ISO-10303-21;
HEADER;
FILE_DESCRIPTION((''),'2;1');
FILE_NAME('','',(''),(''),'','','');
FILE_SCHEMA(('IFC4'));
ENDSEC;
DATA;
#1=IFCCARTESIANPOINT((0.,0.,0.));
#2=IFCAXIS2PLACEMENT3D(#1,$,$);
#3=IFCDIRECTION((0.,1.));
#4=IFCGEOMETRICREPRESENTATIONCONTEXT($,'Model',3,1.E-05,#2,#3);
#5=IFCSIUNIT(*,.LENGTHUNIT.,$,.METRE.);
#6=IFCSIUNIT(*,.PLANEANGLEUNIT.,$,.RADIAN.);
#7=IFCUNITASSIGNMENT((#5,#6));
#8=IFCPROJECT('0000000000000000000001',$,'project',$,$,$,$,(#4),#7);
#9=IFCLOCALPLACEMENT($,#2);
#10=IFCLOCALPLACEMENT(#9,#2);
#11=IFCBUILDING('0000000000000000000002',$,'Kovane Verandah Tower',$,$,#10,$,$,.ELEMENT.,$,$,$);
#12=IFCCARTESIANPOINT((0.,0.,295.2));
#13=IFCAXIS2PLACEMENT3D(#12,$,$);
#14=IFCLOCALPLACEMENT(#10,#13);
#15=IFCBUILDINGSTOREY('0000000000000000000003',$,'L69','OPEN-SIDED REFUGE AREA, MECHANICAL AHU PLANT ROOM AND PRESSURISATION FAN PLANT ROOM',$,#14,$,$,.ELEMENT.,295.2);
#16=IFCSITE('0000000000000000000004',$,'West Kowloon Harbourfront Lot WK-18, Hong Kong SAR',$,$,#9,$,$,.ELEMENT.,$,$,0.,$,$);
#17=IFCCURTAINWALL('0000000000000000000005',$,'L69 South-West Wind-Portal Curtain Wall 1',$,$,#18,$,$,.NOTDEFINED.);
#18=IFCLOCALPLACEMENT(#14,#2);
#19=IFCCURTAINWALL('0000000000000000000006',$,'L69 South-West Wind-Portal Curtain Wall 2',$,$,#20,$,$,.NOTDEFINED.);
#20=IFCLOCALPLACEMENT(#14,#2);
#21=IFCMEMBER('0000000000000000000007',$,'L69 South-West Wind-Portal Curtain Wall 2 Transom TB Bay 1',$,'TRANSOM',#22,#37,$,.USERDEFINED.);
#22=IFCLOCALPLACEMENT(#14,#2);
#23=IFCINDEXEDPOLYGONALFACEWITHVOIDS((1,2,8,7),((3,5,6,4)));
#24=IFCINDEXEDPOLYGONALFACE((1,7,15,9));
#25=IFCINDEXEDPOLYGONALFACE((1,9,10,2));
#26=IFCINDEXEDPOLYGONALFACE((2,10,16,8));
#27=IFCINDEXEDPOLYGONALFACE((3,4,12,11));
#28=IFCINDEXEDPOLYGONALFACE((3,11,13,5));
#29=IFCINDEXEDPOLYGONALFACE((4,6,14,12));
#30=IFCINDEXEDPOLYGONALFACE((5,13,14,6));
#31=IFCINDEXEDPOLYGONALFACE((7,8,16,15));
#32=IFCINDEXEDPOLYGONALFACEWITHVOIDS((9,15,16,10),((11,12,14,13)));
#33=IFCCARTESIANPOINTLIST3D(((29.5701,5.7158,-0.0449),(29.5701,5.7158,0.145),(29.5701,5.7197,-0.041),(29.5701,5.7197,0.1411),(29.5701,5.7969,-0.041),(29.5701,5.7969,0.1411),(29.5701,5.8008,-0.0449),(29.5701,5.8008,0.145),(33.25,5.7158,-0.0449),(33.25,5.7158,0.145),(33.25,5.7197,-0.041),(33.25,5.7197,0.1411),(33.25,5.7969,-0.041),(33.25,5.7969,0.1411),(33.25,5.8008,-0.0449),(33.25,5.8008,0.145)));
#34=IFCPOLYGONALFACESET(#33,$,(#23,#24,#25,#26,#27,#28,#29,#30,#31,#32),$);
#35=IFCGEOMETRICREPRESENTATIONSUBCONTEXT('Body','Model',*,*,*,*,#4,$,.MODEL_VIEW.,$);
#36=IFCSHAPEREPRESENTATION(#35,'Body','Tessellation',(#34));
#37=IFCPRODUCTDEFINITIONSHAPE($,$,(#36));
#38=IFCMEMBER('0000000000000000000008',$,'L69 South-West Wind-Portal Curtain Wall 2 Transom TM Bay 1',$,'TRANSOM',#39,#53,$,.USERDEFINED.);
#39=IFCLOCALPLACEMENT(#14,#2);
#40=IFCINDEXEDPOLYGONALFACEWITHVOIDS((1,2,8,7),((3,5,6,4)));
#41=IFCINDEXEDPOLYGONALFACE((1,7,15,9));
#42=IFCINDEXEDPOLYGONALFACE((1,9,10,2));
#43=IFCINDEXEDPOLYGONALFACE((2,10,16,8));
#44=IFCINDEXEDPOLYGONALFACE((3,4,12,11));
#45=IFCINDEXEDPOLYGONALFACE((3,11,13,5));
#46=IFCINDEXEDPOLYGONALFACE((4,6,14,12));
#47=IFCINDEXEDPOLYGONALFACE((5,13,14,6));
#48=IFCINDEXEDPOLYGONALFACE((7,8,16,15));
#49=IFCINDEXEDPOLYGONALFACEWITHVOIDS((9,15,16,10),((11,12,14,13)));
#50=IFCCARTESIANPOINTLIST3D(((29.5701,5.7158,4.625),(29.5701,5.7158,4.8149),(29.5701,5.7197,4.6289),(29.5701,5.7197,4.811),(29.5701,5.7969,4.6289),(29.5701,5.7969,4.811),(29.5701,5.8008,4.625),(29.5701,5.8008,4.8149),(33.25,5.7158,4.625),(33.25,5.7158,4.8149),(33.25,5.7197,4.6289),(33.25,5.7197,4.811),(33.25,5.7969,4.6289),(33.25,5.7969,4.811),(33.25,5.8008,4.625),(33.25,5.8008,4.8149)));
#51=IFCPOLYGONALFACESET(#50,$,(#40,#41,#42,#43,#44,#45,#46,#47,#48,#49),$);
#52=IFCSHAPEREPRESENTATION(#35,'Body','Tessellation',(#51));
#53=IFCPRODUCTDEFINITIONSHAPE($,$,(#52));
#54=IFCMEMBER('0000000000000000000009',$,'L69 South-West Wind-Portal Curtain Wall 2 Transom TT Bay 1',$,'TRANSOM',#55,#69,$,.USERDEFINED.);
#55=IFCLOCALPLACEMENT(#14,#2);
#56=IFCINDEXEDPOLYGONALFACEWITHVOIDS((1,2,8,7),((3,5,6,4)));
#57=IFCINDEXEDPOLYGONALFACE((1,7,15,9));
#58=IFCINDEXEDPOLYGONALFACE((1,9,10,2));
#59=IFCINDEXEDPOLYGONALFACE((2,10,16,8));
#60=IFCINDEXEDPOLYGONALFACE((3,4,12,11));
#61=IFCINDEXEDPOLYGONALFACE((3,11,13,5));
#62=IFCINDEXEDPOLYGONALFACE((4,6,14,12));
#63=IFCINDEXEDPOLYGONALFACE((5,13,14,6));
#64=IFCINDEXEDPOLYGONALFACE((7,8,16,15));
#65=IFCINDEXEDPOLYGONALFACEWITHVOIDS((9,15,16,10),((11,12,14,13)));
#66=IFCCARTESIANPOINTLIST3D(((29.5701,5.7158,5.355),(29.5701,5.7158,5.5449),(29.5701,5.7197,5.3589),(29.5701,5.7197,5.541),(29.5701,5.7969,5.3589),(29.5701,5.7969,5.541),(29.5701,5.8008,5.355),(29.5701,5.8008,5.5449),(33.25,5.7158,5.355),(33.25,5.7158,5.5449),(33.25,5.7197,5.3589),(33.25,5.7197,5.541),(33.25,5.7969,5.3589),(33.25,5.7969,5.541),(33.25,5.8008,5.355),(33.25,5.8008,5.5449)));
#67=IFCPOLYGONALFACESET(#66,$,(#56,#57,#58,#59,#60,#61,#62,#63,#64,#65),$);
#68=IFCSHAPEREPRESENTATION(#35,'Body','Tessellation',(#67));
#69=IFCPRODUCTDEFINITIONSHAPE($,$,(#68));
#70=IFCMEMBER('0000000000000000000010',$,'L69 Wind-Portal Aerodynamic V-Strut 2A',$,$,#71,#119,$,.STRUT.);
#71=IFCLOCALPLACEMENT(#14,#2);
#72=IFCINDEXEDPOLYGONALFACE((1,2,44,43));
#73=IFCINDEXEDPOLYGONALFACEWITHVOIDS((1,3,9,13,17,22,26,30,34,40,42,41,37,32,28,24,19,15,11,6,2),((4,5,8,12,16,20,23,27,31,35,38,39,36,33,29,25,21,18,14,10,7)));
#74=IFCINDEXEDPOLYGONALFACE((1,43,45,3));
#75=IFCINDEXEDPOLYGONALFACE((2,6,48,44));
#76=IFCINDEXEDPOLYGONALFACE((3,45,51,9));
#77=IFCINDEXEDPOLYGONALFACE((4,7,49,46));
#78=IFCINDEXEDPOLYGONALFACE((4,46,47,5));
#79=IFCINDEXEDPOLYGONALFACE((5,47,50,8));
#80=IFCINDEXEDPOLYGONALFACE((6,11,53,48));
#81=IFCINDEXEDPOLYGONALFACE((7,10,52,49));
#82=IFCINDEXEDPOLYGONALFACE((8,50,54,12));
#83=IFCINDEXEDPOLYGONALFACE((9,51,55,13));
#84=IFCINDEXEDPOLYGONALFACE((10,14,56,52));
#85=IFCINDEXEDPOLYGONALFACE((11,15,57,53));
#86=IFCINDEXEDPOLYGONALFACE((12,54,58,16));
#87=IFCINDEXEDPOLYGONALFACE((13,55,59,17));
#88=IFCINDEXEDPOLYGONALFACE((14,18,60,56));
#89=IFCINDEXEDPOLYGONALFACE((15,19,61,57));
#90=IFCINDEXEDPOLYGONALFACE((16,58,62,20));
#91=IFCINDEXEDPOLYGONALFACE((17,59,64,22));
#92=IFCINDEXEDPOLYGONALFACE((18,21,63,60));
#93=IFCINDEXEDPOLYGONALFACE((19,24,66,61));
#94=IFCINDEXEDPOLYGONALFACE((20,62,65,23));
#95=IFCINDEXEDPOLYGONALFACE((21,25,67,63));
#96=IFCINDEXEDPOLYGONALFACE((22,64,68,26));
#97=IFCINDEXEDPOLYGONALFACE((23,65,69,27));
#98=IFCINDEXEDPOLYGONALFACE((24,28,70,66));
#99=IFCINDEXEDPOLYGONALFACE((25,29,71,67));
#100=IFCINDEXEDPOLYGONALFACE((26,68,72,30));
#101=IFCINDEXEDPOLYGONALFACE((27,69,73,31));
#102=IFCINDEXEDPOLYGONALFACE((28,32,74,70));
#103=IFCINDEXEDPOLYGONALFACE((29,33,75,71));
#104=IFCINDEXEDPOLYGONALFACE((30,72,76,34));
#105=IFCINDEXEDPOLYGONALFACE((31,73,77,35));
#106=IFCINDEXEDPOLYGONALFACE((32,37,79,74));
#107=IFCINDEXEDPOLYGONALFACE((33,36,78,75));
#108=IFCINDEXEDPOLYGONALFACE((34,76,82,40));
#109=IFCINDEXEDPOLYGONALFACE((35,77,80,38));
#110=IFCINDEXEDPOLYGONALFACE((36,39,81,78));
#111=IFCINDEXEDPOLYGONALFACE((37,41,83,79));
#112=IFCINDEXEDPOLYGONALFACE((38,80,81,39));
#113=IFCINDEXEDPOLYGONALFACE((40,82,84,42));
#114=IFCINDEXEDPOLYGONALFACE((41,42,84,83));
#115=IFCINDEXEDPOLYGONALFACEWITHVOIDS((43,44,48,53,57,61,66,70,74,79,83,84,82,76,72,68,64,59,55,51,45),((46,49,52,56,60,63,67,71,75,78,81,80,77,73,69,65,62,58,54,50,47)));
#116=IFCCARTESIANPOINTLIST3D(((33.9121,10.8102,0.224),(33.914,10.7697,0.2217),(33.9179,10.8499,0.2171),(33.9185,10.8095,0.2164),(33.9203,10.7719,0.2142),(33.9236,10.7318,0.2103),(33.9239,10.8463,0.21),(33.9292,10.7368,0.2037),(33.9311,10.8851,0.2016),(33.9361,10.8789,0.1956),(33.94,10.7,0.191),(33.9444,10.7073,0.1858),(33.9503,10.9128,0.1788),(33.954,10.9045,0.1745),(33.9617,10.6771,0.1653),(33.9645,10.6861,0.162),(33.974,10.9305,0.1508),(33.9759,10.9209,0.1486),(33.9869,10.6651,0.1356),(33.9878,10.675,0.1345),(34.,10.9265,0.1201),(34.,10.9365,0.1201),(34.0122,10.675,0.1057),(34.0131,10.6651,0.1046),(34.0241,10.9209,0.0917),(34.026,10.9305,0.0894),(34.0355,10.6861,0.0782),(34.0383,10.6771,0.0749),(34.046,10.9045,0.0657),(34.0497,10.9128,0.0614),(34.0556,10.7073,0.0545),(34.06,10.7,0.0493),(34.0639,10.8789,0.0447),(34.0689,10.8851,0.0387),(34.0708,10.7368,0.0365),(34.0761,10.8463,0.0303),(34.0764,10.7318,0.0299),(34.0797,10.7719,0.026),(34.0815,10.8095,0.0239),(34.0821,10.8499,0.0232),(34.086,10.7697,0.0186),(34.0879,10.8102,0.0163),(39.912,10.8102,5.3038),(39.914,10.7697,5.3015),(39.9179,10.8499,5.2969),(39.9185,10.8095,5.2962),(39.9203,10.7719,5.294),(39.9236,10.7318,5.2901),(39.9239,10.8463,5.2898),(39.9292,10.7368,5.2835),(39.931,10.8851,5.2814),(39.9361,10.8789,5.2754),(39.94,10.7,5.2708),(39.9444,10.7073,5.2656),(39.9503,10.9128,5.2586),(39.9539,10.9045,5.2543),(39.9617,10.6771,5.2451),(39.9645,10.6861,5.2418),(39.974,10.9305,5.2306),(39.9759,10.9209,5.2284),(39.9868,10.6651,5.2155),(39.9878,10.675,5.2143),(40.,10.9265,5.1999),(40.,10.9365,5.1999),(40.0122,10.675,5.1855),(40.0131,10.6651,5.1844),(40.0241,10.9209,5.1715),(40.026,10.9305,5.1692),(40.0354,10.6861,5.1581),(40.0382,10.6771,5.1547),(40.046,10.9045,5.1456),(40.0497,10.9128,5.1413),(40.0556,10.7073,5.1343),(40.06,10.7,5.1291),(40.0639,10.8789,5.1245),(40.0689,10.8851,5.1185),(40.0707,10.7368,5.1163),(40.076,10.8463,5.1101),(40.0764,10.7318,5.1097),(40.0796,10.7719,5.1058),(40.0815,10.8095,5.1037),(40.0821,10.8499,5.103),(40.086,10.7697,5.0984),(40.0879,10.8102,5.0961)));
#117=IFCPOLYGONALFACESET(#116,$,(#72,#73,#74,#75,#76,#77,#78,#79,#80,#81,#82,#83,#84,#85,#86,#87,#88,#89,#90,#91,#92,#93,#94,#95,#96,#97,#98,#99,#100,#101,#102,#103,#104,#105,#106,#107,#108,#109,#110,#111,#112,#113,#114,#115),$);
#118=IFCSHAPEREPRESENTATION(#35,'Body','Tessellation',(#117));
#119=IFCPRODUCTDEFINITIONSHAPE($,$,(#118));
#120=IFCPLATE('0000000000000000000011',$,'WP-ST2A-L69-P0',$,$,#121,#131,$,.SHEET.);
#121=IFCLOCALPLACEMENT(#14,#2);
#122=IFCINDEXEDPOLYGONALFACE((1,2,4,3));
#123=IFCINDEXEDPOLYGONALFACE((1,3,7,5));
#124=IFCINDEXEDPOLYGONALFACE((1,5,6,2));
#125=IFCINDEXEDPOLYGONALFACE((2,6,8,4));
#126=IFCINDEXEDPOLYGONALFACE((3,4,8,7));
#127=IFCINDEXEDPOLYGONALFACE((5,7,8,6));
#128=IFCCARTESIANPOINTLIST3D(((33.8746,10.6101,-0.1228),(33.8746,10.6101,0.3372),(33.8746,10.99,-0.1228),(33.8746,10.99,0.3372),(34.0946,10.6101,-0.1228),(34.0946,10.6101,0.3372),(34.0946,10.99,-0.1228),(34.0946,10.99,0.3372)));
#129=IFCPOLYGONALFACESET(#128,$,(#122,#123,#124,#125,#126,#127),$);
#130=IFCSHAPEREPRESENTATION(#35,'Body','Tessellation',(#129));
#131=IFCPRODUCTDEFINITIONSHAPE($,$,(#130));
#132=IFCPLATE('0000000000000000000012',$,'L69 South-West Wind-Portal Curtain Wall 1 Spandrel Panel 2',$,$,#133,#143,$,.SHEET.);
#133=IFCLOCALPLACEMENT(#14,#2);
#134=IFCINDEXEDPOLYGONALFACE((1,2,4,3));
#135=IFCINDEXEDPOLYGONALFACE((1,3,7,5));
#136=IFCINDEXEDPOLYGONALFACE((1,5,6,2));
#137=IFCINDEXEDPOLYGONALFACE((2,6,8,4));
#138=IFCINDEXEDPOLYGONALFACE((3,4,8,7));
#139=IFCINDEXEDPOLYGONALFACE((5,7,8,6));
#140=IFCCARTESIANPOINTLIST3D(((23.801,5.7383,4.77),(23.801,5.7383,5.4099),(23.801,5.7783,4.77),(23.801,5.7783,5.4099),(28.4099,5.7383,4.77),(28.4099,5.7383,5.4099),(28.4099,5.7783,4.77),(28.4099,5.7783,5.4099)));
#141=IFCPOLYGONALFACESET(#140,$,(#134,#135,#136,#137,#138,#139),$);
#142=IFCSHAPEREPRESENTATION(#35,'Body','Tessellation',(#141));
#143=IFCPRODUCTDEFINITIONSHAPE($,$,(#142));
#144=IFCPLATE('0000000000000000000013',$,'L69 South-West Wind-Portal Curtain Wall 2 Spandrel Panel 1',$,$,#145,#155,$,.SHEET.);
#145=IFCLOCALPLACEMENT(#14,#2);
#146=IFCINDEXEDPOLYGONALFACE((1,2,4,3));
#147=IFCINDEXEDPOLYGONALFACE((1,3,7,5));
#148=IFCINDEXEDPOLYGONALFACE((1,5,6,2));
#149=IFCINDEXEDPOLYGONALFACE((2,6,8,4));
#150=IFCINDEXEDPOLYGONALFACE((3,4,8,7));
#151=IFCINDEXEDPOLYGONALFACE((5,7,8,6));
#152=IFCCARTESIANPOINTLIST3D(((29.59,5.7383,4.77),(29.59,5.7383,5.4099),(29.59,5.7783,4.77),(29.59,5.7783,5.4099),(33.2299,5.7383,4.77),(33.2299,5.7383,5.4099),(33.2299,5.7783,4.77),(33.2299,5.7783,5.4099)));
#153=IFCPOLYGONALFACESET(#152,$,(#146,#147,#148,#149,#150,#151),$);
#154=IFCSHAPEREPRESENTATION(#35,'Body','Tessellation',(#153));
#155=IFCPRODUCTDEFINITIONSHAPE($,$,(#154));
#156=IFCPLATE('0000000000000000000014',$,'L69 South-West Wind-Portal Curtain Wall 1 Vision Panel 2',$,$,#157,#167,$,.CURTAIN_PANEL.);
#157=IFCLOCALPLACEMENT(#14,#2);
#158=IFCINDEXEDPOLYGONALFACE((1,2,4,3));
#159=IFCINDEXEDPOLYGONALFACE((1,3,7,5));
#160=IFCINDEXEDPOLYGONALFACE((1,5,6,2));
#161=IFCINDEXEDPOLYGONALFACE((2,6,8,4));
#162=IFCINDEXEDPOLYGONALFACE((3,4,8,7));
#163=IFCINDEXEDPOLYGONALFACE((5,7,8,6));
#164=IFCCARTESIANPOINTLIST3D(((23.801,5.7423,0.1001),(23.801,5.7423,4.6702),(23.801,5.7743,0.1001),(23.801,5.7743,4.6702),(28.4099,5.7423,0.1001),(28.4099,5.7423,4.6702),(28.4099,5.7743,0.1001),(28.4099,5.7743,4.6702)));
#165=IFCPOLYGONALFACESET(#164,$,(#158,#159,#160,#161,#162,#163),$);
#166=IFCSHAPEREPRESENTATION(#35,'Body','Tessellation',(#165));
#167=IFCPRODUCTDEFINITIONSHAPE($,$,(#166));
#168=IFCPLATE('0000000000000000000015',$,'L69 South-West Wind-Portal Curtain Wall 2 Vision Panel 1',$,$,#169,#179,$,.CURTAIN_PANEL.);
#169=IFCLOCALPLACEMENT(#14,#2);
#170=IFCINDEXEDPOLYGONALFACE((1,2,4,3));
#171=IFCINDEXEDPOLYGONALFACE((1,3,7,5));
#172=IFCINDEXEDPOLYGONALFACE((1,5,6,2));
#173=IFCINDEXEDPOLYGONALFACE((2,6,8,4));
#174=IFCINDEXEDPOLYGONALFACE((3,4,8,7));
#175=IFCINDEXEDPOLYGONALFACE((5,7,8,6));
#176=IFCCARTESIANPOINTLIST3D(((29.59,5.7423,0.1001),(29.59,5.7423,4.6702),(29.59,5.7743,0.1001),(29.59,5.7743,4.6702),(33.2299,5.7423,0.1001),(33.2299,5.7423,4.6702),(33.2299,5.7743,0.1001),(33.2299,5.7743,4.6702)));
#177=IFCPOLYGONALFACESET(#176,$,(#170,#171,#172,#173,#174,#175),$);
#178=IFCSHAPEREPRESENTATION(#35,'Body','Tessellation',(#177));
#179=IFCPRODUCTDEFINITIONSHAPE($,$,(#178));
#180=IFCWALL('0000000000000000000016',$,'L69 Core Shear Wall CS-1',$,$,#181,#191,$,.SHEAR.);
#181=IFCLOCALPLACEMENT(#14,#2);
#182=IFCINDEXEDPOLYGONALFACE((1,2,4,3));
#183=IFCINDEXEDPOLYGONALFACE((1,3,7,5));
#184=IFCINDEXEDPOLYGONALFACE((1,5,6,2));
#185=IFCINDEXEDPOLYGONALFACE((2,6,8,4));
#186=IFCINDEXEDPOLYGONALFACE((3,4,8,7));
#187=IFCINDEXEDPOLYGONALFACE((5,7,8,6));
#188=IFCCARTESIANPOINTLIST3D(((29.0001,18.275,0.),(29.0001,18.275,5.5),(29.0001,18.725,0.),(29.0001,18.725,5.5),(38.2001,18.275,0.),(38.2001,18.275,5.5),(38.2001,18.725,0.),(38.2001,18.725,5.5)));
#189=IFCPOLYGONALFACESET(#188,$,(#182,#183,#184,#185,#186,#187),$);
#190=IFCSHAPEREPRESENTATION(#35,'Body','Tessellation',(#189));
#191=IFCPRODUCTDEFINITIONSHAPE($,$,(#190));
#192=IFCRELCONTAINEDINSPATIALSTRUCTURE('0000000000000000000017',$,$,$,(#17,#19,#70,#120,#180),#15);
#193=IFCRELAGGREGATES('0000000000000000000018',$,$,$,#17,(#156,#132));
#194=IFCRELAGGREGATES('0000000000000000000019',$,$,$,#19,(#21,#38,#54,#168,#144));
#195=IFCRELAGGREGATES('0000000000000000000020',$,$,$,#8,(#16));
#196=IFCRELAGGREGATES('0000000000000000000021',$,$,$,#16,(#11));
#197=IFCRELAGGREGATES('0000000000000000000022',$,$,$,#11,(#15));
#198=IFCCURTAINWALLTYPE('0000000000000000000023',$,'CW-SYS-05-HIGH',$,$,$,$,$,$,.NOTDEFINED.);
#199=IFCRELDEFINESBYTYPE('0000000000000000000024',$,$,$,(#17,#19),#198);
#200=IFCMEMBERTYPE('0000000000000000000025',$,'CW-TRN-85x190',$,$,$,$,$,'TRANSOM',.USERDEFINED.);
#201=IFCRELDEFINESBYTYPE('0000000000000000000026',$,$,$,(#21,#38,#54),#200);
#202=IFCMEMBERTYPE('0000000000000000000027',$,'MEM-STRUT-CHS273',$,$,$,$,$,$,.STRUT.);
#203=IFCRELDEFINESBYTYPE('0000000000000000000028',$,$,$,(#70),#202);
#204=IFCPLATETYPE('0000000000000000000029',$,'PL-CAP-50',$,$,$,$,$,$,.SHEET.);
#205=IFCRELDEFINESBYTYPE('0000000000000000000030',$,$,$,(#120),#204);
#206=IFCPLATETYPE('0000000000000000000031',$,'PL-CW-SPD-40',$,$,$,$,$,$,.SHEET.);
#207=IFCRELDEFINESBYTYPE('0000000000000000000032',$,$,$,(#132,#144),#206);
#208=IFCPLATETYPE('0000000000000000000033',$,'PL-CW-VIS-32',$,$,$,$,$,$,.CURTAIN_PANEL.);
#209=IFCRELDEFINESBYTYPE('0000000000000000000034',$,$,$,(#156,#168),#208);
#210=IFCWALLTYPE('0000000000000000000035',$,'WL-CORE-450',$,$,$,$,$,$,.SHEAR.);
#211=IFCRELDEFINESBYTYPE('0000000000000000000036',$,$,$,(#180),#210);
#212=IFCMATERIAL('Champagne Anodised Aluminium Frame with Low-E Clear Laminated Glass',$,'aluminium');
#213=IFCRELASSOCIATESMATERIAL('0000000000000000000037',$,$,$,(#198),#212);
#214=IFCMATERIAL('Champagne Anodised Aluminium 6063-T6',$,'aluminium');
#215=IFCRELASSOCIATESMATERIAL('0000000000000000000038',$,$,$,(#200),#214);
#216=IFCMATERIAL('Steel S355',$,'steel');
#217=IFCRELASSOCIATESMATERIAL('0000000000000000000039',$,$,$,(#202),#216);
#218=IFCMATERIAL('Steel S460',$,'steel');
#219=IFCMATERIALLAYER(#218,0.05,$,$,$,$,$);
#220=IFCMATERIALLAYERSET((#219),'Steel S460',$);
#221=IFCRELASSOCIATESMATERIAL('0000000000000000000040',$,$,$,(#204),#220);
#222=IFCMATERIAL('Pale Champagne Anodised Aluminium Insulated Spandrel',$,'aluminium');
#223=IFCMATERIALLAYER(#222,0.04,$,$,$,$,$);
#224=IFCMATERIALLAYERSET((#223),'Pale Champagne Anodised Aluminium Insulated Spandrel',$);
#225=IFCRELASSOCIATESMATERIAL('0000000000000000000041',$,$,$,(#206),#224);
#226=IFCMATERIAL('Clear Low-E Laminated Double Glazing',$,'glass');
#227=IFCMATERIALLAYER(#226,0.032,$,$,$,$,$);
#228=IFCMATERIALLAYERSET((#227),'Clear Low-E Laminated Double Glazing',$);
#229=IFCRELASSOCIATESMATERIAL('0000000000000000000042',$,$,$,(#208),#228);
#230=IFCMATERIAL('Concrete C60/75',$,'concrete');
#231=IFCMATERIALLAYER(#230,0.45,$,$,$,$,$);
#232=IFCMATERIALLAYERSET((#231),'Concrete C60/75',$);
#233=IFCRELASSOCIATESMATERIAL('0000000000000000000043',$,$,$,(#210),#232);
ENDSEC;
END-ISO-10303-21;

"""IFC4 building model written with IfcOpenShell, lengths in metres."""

from ifc_helpers import new_model, si_unit, direction, frame, frame_2d, origin, origin_2d, place, context, subcontext, project, spatial, rectangle, hollow_rectangle, hollow_circle, extrude, material, layer, layer_set, material_profile, profile_set, type_object, element, aggregate, save


model = new_model("IFC4")

# Units and contexts
model_context = context("Model", 3, precision=1e-05, world=origin(), true_north=direction((0.0, 1.0)))
body_context = subcontext(model_context, "Body", "Model", "MODEL_VIEW")
ifc_project = project(units=[si_unit("LENGTHUNIT", "METRE"), si_unit("PLANEANGLEUNIT", "RADIAN")], contexts=[model_context])

# Site, building, storey
site_placement = place(None, origin())
site = spatial("IfcSite", under=ifc_project, at=site_placement, Name="West Kowloon Harbourfront Lot WK-18, Hong Kong SAR", CompositionType="ELEMENT", RefElevation=0.0)
building_placement = place(site_placement, origin())
building = spatial("IfcBuilding", under=site, at=building_placement, Name="Kovane Verandah Tower", CompositionType="ELEMENT")
storey_placement = place(building_placement, frame((0.0, 0.0, 295.2)))
storey = spatial("IfcBuildingStorey", under=building, at=storey_placement, Name="L69", Description="OPEN-SIDED REFUGE AREA, MECHANICAL AHU PLANT ROOM AND PRESSURISATION FAN PLANT ROOM", CompositionType="ELEMENT", Elevation=295.2)

# Shared definitions
ifc_material_1 = material(Name="Concrete C60/75", Category="concrete")
ifc_material_2 = material(Name="Steel S460", Category="steel")

# Curtain wall
ifc_material_3 = material(Name="Champagne Anodised Aluminium Frame with Low-E Clear Laminated Glass", Category="aluminium")
curtain_wall_type = type_object("IfcCurtainWallType", Name="CW-SYS-05-HIGH", PredefinedType="NOTDEFINED", material=ifc_material_3)
curtain_wall_1_placement = place(storey_placement, origin())
curtain_wall_1 = element("IfcCurtainWall", 1, at=curtain_wall_1_placement, inside=storey, type_object=curtain_wall_type, Name="L69 South-West Wind-Portal Curtain Wall 1", PredefinedType="NOTDEFINED")
ifc_material_4 = material(Name="Champagne Anodised Aluminium 6063-T6", Category="aluminium")

# Curtain wall, members
curtain_wall_2_placement = place(storey_placement, origin())
curtain_wall_2 = element("IfcCurtainWall", 2, at=curtain_wall_2_placement, inside=storey, type_object=curtain_wall_type, Name="L69 South-West Wind-Portal Curtain Wall 2", PredefinedType="NOTDEFINED")
ifc_material_profile_1 = material_profile(ifc_material_4, hollow_rectangle(XDim=0.085, YDim=0.1899, WallThickness=0.0039, at=origin_2d()), Name="AL85x190x4")
ifc_profile_set_1 = profile_set([ifc_material_profile_1], Name="Champagne Anodised Aluminium 6063-T6")
member_type_1 = type_object("IfcMemberType", Name="CW-TRN-85x190", ElementType="TRANSOM", PredefinedType="USERDEFINED", material=ifc_profile_set_1)
member_1_placement = place(storey_placement, frame((29.5701, 5.7583, 0.05), z_axis=(1.0, 0.0, 0.0), x_axis=(0.0, 1.0, 0.0)))
member_1 = element("IfcMember", 3, at=member_1_placement, type_object=member_type_1, Name="L69 South-West Wind-Portal Curtain Wall 2 Transom TB Bay 1", ObjectType="TRANSOM", PredefinedType="USERDEFINED", context=body_context, shape_type="SweptSolid", body=[
    extrude(hollow_rectangle(XDim=0.085, YDim=0.1899, WallThickness=0.0039, at=origin_2d()), origin(), (0.0, 0.0, 1.0), 3.6799),
])
member_2_placement = place(storey_placement, frame((29.5701, 5.7583, 4.72), z_axis=(1.0, 0.0, 0.0), x_axis=(0.0, 1.0, 0.0)))
member_2 = element("IfcMember", 4, at=member_2_placement, type_object=member_type_1, Name="L69 South-West Wind-Portal Curtain Wall 2 Transom TM Bay 1", ObjectType="TRANSOM", PredefinedType="USERDEFINED", context=body_context, shape_type="SweptSolid", body=[
    extrude(hollow_rectangle(XDim=0.085, YDim=0.1899, WallThickness=0.0039, at=origin_2d()), origin(), (0.0, 0.0, 1.0), 3.6799),
])
member_3_placement = place(storey_placement, frame((29.5701, 5.7583, 5.45), z_axis=(1.0, 0.0, 0.0), x_axis=(0.0, 1.0, 0.0)))
member_3 = element("IfcMember", 5, at=member_3_placement, type_object=member_type_1, Name="L69 South-West Wind-Portal Curtain Wall 2 Transom TT Bay 1", ObjectType="TRANSOM", PredefinedType="USERDEFINED", context=body_context, shape_type="SweptSolid", body=[
    extrude(hollow_rectangle(XDim=0.085, YDim=0.1899, WallThickness=0.0039, at=origin_2d()), origin(), (0.0, 0.0, 1.0), 3.6799),
])

# Member
ifc_material_5 = material(Name="Steel S355", Category="steel")
ifc_material_profile_2 = material_profile(ifc_material_5, hollow_circle(Radius=0.1365, WallThickness=0.01, at=origin_2d()), Name="CHS273x10")
ifc_profile_set_2 = profile_set([ifc_material_profile_2], Name="Steel S355")
member_type_2 = type_object("IfcMemberType", Name="MEM-STRUT-CHS273", PredefinedType="STRUT", material=ifc_profile_set_2)
member_4_placement = place(storey_placement, frame((34.0, 10.8, 0.1201), z_axis=(0.763204, 0.0, 0.646158), x_axis=(0.0, 1.0, 0.0)))
element("IfcMember", 6, at=member_4_placement, inside=storey, type_object=member_type_2, Name="L69 Wind-Portal Aerodynamic V-Strut 2A", PredefinedType="STRUT", context=body_context, shape_type="SweptSolid", body=[
    extrude(hollow_circle(Radius=0.1365, WallThickness=0.01, at=origin_2d()), origin(), (0.0, 0.0, 1.0), 7.8616),
])

# Plates
ifc_layer_1 = layer(ifc_material_2, 0.05)
ifc_layer_set_1 = layer_set([ifc_layer_1], Name="Steel S460")
plate_type_1 = type_object("IfcPlateType", Name="PL-CAP-50", PredefinedType="SHEET", material=ifc_layer_set_1)
plate_1_placement = place(storey_placement, frame((33.9846, 10.8, -0.1228), z_axis=(0.0, 0.0, 1.0), x_axis=(1.0, 0.0, 0.0)))
element("IfcPlate", 7, at=plate_1_placement, inside=storey, type_object=plate_type_1, Name="WP-ST2A-L69-P0", PredefinedType="SHEET", context=body_context, shape_type="SweptSolid", body=[
    extrude(rectangle(XDim=0.22, YDim=0.3799, at=origin_2d()), origin(), (0.0, 0.0, 1.0), 0.46),
])
ifc_material_6 = material(Name="Pale Champagne Anodised Aluminium Insulated Spandrel", Category="aluminium")
ifc_layer_2 = layer(ifc_material_6, 0.04)
ifc_layer_set_2 = layer_set([ifc_layer_2], Name="Pale Champagne Anodised Aluminium Insulated Spandrel")
plate_type_2 = type_object("IfcPlateType", Name="PL-CW-SPD-40", PredefinedType="SHEET", material=ifc_layer_set_2)
plate_2_placement = place(storey_placement, frame((26.1055, 5.7583, 4.77), z_axis=(0.0, 0.0, 1.0), x_axis=(1.0, 0.0, 0.0)))
plate_2 = element("IfcPlate", 8, at=plate_2_placement, type_object=plate_type_2, Name="L69 South-West Wind-Portal Curtain Wall 1 Spandrel Panel 2", PredefinedType="SHEET", context=body_context, shape_type="SweptSolid", body=[
    extrude(rectangle(XDim=4.6089, YDim=0.04, at=origin_2d()), origin(), (0.0, 0.0, 1.0), 0.6399),
])
plate_3_placement = place(storey_placement, frame((31.4099, 5.7583, 4.77), z_axis=(0.0, 0.0, 1.0), x_axis=(1.0, 0.0, 0.0)))
plate_3 = element("IfcPlate", 9, at=plate_3_placement, type_object=plate_type_2, Name="L69 South-West Wind-Portal Curtain Wall 2 Spandrel Panel 1", PredefinedType="SHEET", context=body_context, shape_type="SweptSolid", body=[
    extrude(rectangle(XDim=3.6399, YDim=0.04, at=origin_2d()), origin(), (0.0, 0.0, 1.0), 0.6399),
])
ifc_material_7 = material(Name="Clear Low-E Laminated Double Glazing", Category="glass")
ifc_layer_3 = layer(ifc_material_7, 0.032)
ifc_layer_set_3 = layer_set([ifc_layer_3], Name="Clear Low-E Laminated Double Glazing")
plate_type_3 = type_object("IfcPlateType", Name="PL-CW-VIS-32", PredefinedType="CURTAIN_PANEL", material=ifc_layer_set_3)
plate_4_placement = place(storey_placement, frame((26.1055, 5.7583, 0.1001), z_axis=(0.0, 0.0, 1.0), x_axis=(1.0, 0.0, 0.0)))
plate_4 = element("IfcPlate", 10, at=plate_4_placement, type_object=plate_type_3, Name="L69 South-West Wind-Portal Curtain Wall 1 Vision Panel 2", PredefinedType="CURTAIN_PANEL", context=body_context, shape_type="SweptSolid", body=[
    extrude(rectangle(XDim=4.6089, YDim=0.032, at=origin_2d()), origin(), (0.0, 0.0, 1.0), 4.5701),
])
aggregate(curtain_wall_1, [plate_4, plate_2])
plate_5_placement = place(storey_placement, frame((31.4099, 5.7583, 0.1001), z_axis=(0.0, 0.0, 1.0), x_axis=(1.0, 0.0, 0.0)))
plate_5 = element("IfcPlate", 11, at=plate_5_placement, type_object=plate_type_3, Name="L69 South-West Wind-Portal Curtain Wall 2 Vision Panel 1", PredefinedType="CURTAIN_PANEL", context=body_context, shape_type="SweptSolid", body=[
    extrude(rectangle(XDim=3.6399, YDim=0.032, at=origin_2d()), origin(), (0.0, 0.0, 1.0), 4.5701),
])
aggregate(curtain_wall_2, [member_1, member_2, member_3, plate_5, plate_3])

# Wall
ifc_layer_4 = layer(ifc_material_1, 0.45)
ifc_layer_set_4 = layer_set([ifc_layer_4], Name="Concrete C60/75")
wall_type = type_object("IfcWallType", Name="WL-CORE-450", PredefinedType="SHEAR", material=ifc_layer_set_4)
wall_placement = place(storey_placement, frame((29.0, 18.5, 0.0), z_axis=(0.0, 0.0, 1.0), x_axis=(1.0, 0.0, 0.0)))
element("IfcWall", 12, at=wall_placement, inside=storey, type_object=wall_type, Name="L69 Core Shear Wall CS-1", PredefinedType="SHEAR", context=body_context, shape_type="SweptSolid", body=[
    extrude(rectangle(XDim=9.2, YDim=0.45, at=frame_2d((4.6001, 0.0))), origin(), (0.0, 0.0, 1.0), 5.5),
])

save(model, "model.ifc")
